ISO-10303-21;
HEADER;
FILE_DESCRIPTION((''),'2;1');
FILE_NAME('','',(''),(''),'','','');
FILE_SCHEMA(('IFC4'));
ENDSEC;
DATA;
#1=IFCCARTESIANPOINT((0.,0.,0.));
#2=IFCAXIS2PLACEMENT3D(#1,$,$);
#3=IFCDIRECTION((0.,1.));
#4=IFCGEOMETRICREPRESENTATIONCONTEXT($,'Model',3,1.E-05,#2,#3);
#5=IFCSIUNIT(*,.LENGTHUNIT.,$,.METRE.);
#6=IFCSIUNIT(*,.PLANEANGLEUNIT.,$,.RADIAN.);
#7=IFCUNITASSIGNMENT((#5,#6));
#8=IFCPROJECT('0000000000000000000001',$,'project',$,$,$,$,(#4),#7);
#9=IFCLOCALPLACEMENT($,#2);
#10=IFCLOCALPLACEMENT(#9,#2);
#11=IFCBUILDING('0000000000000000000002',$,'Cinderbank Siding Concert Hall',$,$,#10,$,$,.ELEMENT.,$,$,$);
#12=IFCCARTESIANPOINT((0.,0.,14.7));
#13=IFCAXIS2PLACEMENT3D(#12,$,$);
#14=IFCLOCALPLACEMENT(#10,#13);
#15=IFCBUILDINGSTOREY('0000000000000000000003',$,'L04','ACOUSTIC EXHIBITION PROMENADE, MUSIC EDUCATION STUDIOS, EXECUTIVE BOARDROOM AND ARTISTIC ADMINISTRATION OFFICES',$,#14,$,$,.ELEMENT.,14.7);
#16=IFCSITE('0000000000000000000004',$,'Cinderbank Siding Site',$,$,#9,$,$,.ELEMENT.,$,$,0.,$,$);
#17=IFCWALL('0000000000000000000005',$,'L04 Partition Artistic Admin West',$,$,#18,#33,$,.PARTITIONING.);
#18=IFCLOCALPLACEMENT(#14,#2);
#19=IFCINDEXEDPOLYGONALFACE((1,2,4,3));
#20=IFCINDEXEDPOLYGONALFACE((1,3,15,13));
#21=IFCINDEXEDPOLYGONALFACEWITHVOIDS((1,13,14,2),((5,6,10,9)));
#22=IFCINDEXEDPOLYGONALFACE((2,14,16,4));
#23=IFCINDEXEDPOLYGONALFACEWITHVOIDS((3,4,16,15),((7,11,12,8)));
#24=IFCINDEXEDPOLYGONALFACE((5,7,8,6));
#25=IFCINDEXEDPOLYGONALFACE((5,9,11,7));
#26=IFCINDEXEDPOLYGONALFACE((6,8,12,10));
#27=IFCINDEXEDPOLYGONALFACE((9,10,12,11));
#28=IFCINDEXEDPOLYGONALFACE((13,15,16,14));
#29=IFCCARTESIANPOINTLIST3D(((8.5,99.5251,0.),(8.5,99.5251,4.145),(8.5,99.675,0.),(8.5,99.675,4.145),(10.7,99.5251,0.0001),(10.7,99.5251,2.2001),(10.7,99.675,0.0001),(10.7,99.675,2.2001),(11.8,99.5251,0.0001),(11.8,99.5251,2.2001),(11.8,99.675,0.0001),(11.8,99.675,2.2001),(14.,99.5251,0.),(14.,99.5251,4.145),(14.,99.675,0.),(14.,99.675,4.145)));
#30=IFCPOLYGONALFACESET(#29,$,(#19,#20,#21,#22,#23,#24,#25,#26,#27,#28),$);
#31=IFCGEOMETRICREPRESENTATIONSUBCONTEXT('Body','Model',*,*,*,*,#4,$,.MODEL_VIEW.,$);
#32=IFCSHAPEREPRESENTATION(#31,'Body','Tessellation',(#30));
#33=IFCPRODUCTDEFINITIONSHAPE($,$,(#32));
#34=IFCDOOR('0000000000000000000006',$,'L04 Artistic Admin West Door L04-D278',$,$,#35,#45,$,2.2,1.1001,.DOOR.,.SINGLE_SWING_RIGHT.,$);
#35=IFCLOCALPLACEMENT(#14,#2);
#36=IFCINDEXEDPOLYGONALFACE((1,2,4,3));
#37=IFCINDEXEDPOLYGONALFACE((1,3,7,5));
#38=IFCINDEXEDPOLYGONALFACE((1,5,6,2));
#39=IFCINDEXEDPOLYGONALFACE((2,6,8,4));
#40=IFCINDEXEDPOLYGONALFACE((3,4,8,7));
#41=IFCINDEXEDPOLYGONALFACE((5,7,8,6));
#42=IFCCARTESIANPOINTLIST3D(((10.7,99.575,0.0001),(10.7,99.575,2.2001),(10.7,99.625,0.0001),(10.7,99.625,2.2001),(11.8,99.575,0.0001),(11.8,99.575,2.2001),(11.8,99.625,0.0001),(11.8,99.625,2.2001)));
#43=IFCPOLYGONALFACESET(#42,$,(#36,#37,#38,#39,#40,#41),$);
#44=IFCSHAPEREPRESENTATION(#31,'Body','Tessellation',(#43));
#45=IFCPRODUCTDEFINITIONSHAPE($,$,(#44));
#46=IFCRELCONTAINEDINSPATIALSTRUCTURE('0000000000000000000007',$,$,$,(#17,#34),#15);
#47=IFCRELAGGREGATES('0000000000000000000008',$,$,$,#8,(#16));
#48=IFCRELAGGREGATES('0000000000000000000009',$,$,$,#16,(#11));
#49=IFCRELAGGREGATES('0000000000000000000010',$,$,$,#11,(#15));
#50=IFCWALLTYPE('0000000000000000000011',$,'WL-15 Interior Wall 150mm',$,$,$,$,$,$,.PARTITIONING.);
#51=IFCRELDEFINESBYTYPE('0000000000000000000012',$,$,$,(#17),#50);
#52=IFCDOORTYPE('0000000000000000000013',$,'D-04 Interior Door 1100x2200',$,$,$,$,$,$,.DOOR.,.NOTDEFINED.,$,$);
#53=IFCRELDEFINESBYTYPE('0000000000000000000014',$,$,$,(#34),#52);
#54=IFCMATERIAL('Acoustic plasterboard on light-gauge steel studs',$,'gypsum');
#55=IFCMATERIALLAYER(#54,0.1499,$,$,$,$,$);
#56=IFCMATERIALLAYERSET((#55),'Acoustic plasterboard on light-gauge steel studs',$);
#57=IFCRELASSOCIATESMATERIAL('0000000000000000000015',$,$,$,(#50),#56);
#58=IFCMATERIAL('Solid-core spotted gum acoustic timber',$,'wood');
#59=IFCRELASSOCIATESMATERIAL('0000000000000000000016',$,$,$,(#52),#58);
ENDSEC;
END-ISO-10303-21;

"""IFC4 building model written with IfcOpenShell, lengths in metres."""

from ifc_helpers import new_model, si_unit, direction, frame, frame_2d, origin, place, context, subcontext, project, spatial, rectangle, extrude, material, layer, layer_set, type_object, element, fill, save


model = new_model("IFC4")

# Units and contexts
model_context = context("Model", 3, precision=1e-05, world=origin(), true_north=direction((0.0, 1.0)))
body_context = subcontext(model_context, "Body", "Model", "MODEL_VIEW")
ifc_project = project(units=[si_unit("LENGTHUNIT", "METRE"), si_unit("PLANEANGLEUNIT", "RADIAN")], contexts=[model_context])

# Site, building, storey
site_placement = place(None, origin())
site = spatial("IfcSite", under=ifc_project, at=site_placement, Name="Cinderbank Siding Site", CompositionType="ELEMENT", RefElevation=0.0)
building_placement = place(site_placement, origin())
building = spatial("IfcBuilding", under=site, at=building_placement, Name="Cinderbank Siding Concert Hall", CompositionType="ELEMENT")
storey_placement = place(building_placement, frame((0.0, 0.0, 14.7)))
storey = spatial("IfcBuildingStorey", under=building, at=storey_placement, Name="L04", Description="ACOUSTIC EXHIBITION PROMENADE, MUSIC EDUCATION STUDIOS, EXECUTIVE BOARDROOM AND ARTISTIC ADMINISTRATION OFFICES", CompositionType="ELEMENT", Elevation=14.7)

# Wall, opening, door
ifc_material_1 = material(Name="Acoustic plasterboard on light-gauge steel studs", Category="gypsum")
ifc_layer_1 = layer(ifc_material_1, 0.1499)
ifc_layer_set_1 = layer_set([ifc_layer_1], Name="Acoustic plasterboard on light-gauge steel studs")
wall_type_1 = type_object("IfcWallType", Name="WL-15 Interior Wall 150mm", PredefinedType="PARTITIONING", material=ifc_layer_set_1)
wall_1_placement = place(storey_placement, frame((8.5, 99.6001, 0.0), z_axis=(0.0, 0.0, 1.0), x_axis=(1.0, 0.0, 0.0)))
wall_1 = element("IfcWall", 1, at=wall_1_placement, inside=storey, type_object=wall_type_1, Name="L04 Partition Artistic Admin West", PredefinedType="PARTITIONING", context=body_context, shape_type="SweptSolid", body=[
    extrude(rectangle(XDim=5.5, YDim=0.1499, at=frame_2d((2.75, 0.0))), origin(), (0.0, 0.0, 1.0), 4.145),
])
opening_1_placement = place(wall_1_placement, frame((2.2, 0.0, 0.0)))
opening_1 = element("IfcOpeningElement", 2, at=opening_1_placement, cuts=wall_1, PredefinedType="OPENING", context=body_context, shape_type="SweptSolid", body=[
    extrude(rectangle(XDim=1.1001, YDim=2.2, at=frame_2d((0.55, 1.1001))), frame((0.0, 0.0869, 0.0), z_axis=(0.0, -1.0, 0.0), x_axis=(1.0, 0.0, 0.0)), (0.0, 0.0, 1.0), 0.1738),
])
ifc_material_2 = material(Name="Solid-core spotted gum acoustic timber", Category="wood")
door_type_1 = type_object("IfcDoorType", Name="D-04 Interior Door 1100x2200", OperationType="NOTDEFINED", PredefinedType="DOOR", material=ifc_material_2)
door_1_placement = place(opening_1_placement, origin())
door_1 = element("IfcDoor", 3, at=door_1_placement, inside=storey, type_object=door_type_1, Name="L04 Artistic Admin West Door L04-D278", OperationType="SINGLE_SWING_RIGHT", OverallHeight=2.2, OverallWidth=1.1001, PredefinedType="DOOR", context=body_context, shape_type="SweptSolid", body=[
    extrude(rectangle(XDim=1.1001, YDim=2.2, at=frame_2d((0.55, 1.1001))), frame((0.0, 0.0249, 0.0), z_axis=(0.0, -1.0, 0.0), x_axis=(1.0, 0.0, 0.0)), (0.0, 0.0, 1.0), 0.05),
])
fill(opening_1, door_1)

save(model, "model.ifc")
